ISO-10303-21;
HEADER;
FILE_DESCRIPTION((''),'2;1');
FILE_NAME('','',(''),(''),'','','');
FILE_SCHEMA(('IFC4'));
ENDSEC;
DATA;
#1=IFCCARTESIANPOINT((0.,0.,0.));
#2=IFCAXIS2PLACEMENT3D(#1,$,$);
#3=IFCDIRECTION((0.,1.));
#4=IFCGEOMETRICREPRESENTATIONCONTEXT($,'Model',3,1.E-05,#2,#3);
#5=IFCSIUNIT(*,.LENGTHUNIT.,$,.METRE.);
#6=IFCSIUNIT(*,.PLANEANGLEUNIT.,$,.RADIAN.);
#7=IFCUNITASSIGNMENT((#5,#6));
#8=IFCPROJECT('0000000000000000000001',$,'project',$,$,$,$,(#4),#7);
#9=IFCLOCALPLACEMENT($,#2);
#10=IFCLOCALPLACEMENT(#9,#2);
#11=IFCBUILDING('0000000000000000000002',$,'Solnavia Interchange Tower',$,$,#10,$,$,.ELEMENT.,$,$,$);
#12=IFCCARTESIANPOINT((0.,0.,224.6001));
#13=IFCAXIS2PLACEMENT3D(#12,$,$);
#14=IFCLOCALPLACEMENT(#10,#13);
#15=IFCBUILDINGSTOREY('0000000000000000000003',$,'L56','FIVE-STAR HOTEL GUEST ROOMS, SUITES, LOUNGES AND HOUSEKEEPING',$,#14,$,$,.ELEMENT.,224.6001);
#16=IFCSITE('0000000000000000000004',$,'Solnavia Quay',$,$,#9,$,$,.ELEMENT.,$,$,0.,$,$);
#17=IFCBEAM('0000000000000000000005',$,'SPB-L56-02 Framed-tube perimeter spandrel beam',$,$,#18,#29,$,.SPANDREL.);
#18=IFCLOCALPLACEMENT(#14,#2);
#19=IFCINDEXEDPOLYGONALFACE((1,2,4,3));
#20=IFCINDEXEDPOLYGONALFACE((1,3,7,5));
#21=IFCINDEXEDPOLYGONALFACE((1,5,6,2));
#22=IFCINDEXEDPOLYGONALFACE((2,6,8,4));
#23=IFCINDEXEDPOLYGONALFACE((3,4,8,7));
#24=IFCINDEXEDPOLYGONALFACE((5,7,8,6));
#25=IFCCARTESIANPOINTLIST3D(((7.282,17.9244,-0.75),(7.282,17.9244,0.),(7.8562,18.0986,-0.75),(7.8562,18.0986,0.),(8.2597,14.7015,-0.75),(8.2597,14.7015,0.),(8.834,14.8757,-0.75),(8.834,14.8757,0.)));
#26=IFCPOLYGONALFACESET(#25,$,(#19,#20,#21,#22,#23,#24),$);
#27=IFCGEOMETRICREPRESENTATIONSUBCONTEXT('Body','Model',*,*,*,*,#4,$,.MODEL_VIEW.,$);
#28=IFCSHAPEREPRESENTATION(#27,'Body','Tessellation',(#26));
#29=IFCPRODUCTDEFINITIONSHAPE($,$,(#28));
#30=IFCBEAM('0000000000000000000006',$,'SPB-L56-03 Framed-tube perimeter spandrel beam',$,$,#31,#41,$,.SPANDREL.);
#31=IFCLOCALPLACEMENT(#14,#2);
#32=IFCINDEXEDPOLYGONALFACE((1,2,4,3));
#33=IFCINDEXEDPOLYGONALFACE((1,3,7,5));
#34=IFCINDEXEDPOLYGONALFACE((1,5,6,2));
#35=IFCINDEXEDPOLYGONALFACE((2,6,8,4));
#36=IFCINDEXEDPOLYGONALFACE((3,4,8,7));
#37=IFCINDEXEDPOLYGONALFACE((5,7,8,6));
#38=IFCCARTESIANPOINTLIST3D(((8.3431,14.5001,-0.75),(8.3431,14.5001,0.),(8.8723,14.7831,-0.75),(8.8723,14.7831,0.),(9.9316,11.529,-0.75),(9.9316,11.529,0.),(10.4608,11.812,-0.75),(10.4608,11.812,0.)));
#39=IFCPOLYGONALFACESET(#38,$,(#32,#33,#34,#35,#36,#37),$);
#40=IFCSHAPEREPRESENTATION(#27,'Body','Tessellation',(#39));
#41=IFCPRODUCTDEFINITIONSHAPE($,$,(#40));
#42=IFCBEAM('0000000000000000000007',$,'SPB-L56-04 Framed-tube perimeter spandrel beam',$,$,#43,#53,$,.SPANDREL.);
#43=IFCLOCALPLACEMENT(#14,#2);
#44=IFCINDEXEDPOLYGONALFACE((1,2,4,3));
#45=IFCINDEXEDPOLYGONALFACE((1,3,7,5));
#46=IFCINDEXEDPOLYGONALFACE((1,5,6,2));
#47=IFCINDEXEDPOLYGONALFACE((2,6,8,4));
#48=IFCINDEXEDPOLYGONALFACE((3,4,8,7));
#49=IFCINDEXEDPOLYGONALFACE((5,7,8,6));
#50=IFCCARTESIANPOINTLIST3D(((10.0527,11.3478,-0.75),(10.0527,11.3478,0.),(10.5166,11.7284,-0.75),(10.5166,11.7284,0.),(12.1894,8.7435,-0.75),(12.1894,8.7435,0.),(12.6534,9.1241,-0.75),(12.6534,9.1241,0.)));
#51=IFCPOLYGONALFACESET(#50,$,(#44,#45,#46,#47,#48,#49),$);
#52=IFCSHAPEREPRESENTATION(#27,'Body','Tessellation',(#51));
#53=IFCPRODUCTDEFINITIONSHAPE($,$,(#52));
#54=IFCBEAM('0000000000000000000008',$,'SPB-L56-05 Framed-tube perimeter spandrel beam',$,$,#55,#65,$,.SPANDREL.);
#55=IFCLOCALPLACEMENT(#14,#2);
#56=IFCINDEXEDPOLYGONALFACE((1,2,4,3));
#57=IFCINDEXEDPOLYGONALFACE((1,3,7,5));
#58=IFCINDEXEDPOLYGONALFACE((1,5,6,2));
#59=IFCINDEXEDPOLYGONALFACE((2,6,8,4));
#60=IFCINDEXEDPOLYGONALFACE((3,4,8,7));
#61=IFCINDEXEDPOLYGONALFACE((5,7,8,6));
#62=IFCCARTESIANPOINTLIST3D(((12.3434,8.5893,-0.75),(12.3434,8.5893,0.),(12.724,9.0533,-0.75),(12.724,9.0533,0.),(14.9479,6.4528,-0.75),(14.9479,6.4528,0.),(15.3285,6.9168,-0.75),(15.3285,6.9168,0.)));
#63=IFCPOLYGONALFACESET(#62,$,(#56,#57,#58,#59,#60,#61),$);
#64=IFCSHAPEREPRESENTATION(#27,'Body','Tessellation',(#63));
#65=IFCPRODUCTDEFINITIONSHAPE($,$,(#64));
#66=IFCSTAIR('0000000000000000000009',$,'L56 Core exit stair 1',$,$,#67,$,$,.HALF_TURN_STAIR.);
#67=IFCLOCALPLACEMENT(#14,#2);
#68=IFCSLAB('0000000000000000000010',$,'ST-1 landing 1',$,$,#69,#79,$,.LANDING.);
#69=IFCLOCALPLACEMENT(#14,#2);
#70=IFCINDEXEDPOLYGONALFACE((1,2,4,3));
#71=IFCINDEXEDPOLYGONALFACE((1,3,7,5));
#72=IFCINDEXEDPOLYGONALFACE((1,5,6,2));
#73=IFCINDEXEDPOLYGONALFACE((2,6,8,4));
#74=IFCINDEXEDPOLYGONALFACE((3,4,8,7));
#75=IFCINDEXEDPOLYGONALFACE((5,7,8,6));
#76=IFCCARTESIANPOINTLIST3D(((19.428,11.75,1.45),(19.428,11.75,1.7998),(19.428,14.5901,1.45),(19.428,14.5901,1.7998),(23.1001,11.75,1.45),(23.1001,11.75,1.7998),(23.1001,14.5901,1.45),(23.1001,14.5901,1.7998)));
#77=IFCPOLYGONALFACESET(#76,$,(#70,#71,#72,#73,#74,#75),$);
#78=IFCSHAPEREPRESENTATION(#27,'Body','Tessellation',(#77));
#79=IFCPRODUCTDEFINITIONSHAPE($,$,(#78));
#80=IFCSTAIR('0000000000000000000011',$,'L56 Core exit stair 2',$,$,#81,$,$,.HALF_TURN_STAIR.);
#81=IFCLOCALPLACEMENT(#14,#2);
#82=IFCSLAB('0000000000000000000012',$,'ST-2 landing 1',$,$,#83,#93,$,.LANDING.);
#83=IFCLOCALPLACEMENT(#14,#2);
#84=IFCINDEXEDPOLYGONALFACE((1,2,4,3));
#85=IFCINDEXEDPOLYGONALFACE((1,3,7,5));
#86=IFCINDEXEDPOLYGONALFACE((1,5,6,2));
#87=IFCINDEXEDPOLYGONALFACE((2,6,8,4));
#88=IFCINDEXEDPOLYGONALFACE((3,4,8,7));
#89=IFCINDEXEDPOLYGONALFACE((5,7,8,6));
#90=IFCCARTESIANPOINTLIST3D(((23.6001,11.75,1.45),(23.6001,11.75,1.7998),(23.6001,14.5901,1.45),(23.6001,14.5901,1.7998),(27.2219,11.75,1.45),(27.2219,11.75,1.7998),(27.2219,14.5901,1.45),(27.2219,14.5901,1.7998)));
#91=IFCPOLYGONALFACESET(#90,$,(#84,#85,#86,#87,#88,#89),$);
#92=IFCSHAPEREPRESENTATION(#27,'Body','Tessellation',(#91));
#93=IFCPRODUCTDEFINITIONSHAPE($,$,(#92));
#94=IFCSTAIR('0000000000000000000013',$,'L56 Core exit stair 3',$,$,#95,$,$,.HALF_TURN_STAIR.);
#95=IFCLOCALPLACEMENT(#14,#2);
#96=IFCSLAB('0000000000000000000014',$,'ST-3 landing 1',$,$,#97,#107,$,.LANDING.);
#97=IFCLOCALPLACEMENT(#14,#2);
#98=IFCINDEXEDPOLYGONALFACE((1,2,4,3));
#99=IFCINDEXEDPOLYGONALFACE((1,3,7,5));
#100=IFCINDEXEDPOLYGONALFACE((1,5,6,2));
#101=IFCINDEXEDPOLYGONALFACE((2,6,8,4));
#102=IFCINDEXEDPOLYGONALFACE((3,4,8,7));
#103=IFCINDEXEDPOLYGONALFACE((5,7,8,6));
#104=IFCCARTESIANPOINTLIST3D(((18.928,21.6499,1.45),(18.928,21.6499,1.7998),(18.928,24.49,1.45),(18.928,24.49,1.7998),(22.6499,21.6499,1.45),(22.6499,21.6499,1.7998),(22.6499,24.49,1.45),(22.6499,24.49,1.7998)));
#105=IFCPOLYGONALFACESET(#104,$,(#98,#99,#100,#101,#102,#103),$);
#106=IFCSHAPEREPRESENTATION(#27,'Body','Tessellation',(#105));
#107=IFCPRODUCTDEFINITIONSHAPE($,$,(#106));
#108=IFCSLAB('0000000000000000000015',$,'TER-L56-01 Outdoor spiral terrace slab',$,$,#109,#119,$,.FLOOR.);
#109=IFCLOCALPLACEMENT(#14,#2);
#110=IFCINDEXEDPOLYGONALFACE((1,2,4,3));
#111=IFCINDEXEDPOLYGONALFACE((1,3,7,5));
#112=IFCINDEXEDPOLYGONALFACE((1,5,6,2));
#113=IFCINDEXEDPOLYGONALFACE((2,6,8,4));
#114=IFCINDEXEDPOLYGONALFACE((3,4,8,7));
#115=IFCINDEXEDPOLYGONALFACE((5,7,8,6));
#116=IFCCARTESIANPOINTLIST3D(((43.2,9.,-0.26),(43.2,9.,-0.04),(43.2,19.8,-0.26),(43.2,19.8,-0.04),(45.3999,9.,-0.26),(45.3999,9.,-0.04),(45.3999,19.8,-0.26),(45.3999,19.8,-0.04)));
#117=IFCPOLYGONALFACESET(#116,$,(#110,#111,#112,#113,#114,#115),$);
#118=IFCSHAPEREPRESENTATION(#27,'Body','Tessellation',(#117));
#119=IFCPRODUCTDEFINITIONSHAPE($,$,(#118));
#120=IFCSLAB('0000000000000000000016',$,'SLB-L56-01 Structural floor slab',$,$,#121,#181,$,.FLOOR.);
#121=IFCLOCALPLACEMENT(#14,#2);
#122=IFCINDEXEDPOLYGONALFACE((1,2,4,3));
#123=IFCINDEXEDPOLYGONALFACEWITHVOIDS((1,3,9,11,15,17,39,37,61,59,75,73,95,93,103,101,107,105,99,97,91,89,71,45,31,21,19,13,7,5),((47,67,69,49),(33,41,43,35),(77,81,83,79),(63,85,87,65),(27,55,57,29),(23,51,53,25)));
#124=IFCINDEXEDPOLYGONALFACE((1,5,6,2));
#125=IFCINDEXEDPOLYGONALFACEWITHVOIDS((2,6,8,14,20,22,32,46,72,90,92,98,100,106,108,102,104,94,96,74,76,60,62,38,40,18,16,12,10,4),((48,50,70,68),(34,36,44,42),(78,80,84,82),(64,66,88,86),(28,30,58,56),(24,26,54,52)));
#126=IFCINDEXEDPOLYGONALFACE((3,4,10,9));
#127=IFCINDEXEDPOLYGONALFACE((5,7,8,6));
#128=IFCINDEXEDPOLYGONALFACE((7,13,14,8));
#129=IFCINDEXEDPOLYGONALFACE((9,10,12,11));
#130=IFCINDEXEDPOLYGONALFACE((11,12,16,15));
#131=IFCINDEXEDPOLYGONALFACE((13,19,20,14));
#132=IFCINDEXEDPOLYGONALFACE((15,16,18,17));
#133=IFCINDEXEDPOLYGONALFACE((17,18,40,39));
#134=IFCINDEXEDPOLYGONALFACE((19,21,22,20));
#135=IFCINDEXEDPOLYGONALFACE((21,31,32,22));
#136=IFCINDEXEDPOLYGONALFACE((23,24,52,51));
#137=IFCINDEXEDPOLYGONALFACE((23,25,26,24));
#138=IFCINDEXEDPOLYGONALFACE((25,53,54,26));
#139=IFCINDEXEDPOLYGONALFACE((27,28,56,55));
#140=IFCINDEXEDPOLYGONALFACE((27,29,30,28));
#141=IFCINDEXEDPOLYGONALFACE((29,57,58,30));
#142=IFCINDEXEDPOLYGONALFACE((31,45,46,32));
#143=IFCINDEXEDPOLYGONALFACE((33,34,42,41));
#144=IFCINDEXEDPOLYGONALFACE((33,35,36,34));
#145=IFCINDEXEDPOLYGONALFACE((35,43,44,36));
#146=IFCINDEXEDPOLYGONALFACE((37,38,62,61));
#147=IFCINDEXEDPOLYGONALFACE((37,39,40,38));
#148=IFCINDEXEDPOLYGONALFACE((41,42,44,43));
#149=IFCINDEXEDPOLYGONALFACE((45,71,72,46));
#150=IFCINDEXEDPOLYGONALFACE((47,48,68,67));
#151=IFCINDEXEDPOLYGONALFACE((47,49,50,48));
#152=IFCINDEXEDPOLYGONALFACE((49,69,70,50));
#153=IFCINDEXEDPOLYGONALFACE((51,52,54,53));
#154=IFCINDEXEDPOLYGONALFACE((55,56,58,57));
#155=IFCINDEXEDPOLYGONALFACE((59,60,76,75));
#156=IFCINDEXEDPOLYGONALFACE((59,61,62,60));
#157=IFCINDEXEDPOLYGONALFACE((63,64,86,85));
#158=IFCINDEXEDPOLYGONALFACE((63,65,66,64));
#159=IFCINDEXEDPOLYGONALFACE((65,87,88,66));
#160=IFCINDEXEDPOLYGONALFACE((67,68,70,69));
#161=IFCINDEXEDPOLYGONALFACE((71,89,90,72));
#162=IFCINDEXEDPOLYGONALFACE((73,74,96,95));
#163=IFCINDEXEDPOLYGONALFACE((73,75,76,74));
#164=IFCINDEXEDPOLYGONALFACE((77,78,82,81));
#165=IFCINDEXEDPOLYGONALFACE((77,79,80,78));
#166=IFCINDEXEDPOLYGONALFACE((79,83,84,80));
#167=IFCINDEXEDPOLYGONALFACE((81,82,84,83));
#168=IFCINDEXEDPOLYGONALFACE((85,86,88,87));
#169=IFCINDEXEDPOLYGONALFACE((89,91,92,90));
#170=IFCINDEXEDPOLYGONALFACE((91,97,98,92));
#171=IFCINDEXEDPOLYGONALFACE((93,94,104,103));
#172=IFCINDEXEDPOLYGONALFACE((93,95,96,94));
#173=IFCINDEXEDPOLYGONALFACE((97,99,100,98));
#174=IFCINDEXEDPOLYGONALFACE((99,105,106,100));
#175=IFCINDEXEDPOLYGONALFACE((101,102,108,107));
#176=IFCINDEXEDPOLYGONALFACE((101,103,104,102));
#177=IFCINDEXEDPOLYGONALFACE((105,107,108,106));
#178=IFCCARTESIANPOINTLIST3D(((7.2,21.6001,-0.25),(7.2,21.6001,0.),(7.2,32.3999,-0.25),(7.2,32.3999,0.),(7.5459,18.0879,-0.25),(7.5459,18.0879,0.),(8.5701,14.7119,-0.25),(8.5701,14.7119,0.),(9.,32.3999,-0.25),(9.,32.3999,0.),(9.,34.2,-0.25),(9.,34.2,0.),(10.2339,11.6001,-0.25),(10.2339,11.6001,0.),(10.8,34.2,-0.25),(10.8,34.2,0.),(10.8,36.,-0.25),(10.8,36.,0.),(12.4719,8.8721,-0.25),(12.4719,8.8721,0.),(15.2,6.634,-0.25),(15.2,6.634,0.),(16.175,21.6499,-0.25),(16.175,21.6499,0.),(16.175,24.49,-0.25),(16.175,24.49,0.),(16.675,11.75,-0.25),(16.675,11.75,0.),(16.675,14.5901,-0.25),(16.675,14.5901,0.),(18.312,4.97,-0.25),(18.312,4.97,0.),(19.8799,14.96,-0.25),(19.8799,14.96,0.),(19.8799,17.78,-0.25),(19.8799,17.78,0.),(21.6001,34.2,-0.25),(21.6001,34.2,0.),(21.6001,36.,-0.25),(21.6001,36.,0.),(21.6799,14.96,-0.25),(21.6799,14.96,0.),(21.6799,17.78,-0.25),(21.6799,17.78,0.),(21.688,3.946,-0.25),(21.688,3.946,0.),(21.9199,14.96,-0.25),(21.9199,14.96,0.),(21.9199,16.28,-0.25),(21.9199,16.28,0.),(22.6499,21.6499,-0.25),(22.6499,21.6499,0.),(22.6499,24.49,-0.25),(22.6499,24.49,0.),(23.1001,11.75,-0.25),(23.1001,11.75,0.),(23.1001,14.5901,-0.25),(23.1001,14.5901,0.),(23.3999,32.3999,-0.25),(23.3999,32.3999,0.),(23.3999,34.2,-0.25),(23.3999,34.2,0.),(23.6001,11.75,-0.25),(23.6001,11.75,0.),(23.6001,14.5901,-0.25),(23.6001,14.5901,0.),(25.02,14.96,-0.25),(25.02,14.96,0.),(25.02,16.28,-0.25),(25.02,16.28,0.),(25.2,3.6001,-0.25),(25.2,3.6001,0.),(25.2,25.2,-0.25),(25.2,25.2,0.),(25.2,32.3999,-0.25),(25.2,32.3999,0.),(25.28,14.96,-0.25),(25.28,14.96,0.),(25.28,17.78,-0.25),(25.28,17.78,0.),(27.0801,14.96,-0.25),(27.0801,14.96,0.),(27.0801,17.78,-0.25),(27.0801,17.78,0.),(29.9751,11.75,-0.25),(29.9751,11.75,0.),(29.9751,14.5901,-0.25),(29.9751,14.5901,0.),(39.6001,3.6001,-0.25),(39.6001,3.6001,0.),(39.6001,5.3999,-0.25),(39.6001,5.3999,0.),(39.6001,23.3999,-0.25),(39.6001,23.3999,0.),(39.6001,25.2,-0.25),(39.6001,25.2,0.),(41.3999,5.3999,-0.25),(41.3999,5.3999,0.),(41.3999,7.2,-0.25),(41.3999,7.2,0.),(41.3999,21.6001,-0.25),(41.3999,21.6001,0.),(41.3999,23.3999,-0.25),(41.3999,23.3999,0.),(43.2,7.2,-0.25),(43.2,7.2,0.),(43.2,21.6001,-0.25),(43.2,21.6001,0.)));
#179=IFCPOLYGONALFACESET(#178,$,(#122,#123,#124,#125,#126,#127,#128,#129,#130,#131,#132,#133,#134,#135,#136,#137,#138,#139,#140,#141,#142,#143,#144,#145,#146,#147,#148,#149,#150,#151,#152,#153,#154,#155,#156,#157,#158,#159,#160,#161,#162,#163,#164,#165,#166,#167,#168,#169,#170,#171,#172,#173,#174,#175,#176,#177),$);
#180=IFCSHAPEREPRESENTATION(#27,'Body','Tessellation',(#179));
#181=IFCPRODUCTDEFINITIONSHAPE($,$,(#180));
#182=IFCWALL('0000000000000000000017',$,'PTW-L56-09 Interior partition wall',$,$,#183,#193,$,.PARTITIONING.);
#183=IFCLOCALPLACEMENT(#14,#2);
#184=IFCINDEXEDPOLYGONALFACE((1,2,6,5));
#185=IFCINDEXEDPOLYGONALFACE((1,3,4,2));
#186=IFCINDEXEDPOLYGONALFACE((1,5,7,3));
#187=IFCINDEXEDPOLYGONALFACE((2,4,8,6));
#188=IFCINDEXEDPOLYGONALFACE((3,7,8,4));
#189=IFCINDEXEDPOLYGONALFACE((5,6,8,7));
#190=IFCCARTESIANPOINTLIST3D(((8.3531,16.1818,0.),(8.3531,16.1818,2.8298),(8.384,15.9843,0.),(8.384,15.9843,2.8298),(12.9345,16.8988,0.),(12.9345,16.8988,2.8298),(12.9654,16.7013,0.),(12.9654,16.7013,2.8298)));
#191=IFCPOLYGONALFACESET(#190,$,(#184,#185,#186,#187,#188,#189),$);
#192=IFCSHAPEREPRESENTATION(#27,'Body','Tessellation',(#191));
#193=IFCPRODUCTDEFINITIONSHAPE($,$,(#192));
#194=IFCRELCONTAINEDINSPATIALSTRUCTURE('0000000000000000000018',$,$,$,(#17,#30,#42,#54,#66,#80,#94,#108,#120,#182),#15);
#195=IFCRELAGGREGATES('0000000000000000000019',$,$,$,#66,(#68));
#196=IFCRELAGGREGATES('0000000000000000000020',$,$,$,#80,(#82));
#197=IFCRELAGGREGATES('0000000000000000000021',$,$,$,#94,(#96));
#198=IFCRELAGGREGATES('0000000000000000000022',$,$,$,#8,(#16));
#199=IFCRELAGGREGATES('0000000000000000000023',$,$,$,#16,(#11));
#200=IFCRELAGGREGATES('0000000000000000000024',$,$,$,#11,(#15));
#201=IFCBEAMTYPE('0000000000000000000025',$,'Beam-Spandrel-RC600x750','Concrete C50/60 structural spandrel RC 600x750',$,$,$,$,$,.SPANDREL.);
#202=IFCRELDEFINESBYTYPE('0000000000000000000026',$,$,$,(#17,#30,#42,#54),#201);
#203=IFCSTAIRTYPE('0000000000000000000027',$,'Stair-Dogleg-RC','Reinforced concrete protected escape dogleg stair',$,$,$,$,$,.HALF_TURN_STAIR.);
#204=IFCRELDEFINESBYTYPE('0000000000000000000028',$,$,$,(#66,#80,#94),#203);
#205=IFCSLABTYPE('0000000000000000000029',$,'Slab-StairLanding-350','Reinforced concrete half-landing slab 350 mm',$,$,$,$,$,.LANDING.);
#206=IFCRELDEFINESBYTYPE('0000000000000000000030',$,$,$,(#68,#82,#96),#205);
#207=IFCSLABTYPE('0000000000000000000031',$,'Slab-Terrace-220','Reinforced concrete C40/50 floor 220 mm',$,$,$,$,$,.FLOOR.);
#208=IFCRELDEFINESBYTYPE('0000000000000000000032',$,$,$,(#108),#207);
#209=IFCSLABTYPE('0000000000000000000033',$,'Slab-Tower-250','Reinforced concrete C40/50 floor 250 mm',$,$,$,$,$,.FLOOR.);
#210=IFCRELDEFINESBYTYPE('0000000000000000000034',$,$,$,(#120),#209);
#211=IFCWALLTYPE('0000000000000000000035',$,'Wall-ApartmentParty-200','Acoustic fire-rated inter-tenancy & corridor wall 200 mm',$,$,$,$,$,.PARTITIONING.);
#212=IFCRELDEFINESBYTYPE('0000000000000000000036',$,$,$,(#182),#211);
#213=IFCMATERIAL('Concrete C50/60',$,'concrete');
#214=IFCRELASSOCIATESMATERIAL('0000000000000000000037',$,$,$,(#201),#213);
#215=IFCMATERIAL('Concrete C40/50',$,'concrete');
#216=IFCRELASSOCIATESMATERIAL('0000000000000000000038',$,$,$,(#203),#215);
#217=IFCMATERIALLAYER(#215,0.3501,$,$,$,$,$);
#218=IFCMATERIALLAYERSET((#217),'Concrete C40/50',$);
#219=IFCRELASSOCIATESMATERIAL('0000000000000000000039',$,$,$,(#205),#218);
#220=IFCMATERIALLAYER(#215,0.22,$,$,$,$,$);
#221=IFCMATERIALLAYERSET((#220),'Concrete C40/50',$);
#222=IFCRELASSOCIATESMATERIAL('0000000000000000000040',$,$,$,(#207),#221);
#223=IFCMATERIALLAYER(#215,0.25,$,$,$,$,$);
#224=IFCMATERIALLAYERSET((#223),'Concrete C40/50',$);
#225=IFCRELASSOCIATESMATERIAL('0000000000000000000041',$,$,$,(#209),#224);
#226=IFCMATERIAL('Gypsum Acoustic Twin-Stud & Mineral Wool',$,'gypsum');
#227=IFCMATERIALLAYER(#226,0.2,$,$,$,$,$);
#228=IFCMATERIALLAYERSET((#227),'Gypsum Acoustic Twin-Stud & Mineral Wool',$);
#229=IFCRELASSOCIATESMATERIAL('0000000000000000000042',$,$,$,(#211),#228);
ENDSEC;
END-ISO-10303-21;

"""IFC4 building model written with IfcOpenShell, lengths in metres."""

from ifc_helpers import new_model, si_unit, direction, frame, frame_2d, origin, origin_2d, place, context, subcontext, project, spatial, polyline, rectangle, outline, extrude, material, layer, layer_set, material_profile, profile_set, type_object, element, aggregate, save


model = new_model("IFC4")

# Units and contexts
model_context = context("Model", 3, precision=1e-05, world=origin(), true_north=direction((0.0, 1.0)))
body_context = subcontext(model_context, "Body", "Model", "MODEL_VIEW")
ifc_project = project(units=[si_unit("LENGTHUNIT", "METRE"), si_unit("PLANEANGLEUNIT", "RADIAN")], contexts=[model_context])

# Site, building, storey
site_placement = place(None, origin())
site = spatial("IfcSite", under=ifc_project, at=site_placement, Name="Solnavia Quay", CompositionType="ELEMENT", RefElevation=0.0)
building_placement = place(site_placement, origin())
building = spatial("IfcBuilding", under=site, at=building_placement, Name="Solnavia Interchange Tower", CompositionType="ELEMENT")
storey_placement = place(building_placement, frame((0.0, 0.0, 224.6001)))
storey = spatial("IfcBuildingStorey", under=building, at=storey_placement, Name="L56", Description="FIVE-STAR HOTEL GUEST ROOMS, SUITES, LOUNGES AND HOUSEKEEPING", CompositionType="ELEMENT", Elevation=224.6001)

# Shared definitions
ifc_material_1 = material(Name="Concrete C50/60", Category="concrete")

# Beams
ifc_material_profile_1 = material_profile(ifc_material_1, rectangle(XDim=0.6001, YDim=0.75, at=origin_2d()), Name="RC 600x750")
ifc_profile_set_1 = profile_set([ifc_material_profile_1], Name="Concrete C50/60")
beam_type_1 = type_object("IfcBeamType", Name="Beam-Spandrel-RC600x750", Description="Concrete C50/60 structural spandrel RC 600x750", PredefinedType="SPANDREL", material=ifc_profile_set_1)
beam_1_placement = place(storey_placement, frame((7.5691, 18.0115, -0.375), z_axis=(0.290319, -0.95693, 0.0), x_axis=(0.95693, 0.290319, 0.0)))
element("IfcBeam", 1, at=beam_1_placement, inside=storey, type_object=beam_type_1, Name="SPB-L56-02 Framed-tube perimeter spandrel beam", PredefinedType="SPANDREL", context=body_context, shape_type="SweptSolid", body=[
    extrude(rectangle(XDim=0.6001, YDim=0.75, at=origin_2d()), origin(), (0.0, 0.0, 1.0), 3.3679),
])
beam_2_placement = place(storey_placement, frame((8.6077, 14.6416, -0.375), z_axis=(0.471509, -0.881861, 0.0), x_axis=(0.881861, 0.471509, 0.0)))
element("IfcBeam", 2, at=beam_2_placement, inside=storey, type_object=beam_type_1, Name="SPB-L56-03 Framed-tube perimeter spandrel beam", PredefinedType="SPANDREL", context=body_context, shape_type="SweptSolid", body=[
    extrude(rectangle(XDim=0.6001, YDim=0.75, at=origin_2d()), origin(), (0.0, 0.0, 1.0), 3.3691),
])
for number, where, z_axis, x_axis, name in (
    (3, (10.2847, 11.5381, -0.375), (0.634299, -0.773088, 0.0), (0.773088, 0.634299, 0.0), "SPB-L56-04 Framed-tube perimeter spandrel beam"),
    (4, (12.5337, 8.8213, -0.375), (0.773153, -0.63422, 0.0), (0.63422, 0.773153, 0.0), "SPB-L56-05 Framed-tube perimeter spandrel beam"),
):
    element("IfcBeam", number, at=place(storey_placement, frame(where, z_axis=z_axis, x_axis=x_axis)), inside=storey, type_object=beam_type_1, Name=name, PredefinedType="SPANDREL", context=body_context, shape_type="SweptSolid", body=[
        extrude(rectangle(XDim=0.6001, YDim=0.75, at=origin_2d()), origin(), (0.0, 0.0, 1.0), 3.3687),
    ])

# Stairs, slabs
ifc_material_2 = material(Name="Concrete C40/50", Category="concrete")
stair_type = type_object("IfcStairType", Name="Stair-Dogleg-RC", Description="Reinforced concrete protected escape dogleg stair", PredefinedType="HALF_TURN_STAIR", material=ifc_material_2)
stair_1_placement = place(storey_placement, origin())
stair_1 = element("IfcStair", 5, at=stair_1_placement, inside=storey, type_object=stair_type, Name="L56 Core exit stair 1", PredefinedType="HALF_TURN_STAIR")
ifc_layer_1 = layer(ifc_material_2, 0.3501)
ifc_layer_set_1 = layer_set([ifc_layer_1], Name="Concrete C40/50")
slab_type_1 = type_object("IfcSlabType", Name="Slab-StairLanding-350", Description="Reinforced concrete half-landing slab 350 mm", PredefinedType="LANDING", material=ifc_layer_set_1)
slab_1_placement = place(storey_placement, frame((0.0, 0.0, 1.45)))
slab_1 = element("IfcSlab", 6, at=slab_1_placement, type_object=slab_type_1, Name="ST-1 landing 1", PredefinedType="LANDING", context=body_context, shape_type="SweptSolid", body=[
    extrude(outline(polyline([(19.428, 11.75), (23.1001, 11.75), (23.1001, 14.5901), (19.428, 14.5901), (19.428, 11.75)])), origin(), (0.0, 0.0, 1.0), 0.3499),
])
aggregate(stair_1, [slab_1])
stair_2_placement = place(storey_placement, origin())
stair_2 = element("IfcStair", 7, at=stair_2_placement, inside=storey, type_object=stair_type, Name="L56 Core exit stair 2", PredefinedType="HALF_TURN_STAIR")
slab_2_placement = place(storey_placement, frame((0.0, 0.0, 1.45)))
slab_2 = element("IfcSlab", 8, at=slab_2_placement, type_object=slab_type_1, Name="ST-2 landing 1", PredefinedType="LANDING", context=body_context, shape_type="SweptSolid", body=[
    extrude(outline(polyline([(23.6001, 11.75), (27.2219, 11.75), (27.2219, 14.5901), (23.6001, 14.5901), (23.6001, 11.75)])), origin(), (0.0, 0.0, 1.0), 0.3499),
])
aggregate(stair_2, [slab_2])
stair_3_placement = place(storey_placement, origin())
stair_3 = element("IfcStair", 9, at=stair_3_placement, inside=storey, type_object=stair_type, Name="L56 Core exit stair 3", PredefinedType="HALF_TURN_STAIR")
slab_3_placement = place(storey_placement, frame((0.0, 0.0, 1.45)))
slab_3 = element("IfcSlab", 10, at=slab_3_placement, type_object=slab_type_1, Name="ST-3 landing 1", PredefinedType="LANDING", context=body_context, shape_type="SweptSolid", body=[
    extrude(outline(polyline([(18.928, 21.6499), (22.6499, 21.6499), (22.6499, 24.49), (18.928, 24.49), (18.928, 21.6499)])), origin(), (0.0, 0.0, 1.0), 0.3499),
])
aggregate(stair_3, [slab_3])

# Slabs
ifc_layer_2 = layer(ifc_material_2, 0.22)
ifc_layer_set_2 = layer_set([ifc_layer_2], Name="Concrete C40/50")
slab_type_2 = type_object("IfcSlabType", Name="Slab-Terrace-220", Description="Reinforced concrete C40/50 floor 220 mm", PredefinedType="FLOOR", material=ifc_layer_set_2)
slab_4_placement = place(storey_placement, frame((0.0, 0.0, -0.26)))
element("IfcSlab", 11, at=slab_4_placement, inside=storey, type_object=slab_type_2, Name="TER-L56-01 Outdoor spiral terrace slab", PredefinedType="FLOOR", context=body_context, shape_type="SweptSolid", body=[
    extrude(outline(polyline([(43.2, 9.0), (45.3999, 9.0), (45.3999, 19.8), (43.2, 19.8), (43.2, 9.0)])), origin(), (0.0, 0.0, 1.0), 0.22),
])
ifc_layer_3 = layer(ifc_material_2, 0.25)
ifc_layer_set_3 = layer_set([ifc_layer_3], Name="Concrete C40/50")
slab_type_3 = type_object("IfcSlabType", Name="Slab-Tower-250", Description="Reinforced concrete C40/50 floor 250 mm", PredefinedType="FLOOR", material=ifc_layer_set_3)
slab_5_placement = place(storey_placement, frame((0.0, 0.0, -0.25)))
element("IfcSlab", 12, at=slab_5_placement, inside=storey, type_object=slab_type_3, Name="SLB-L56-01 Structural floor slab", PredefinedType="FLOOR", context=body_context, shape_type="SweptSolid", body=[
    extrude(outline(polyline([(25.2, 3.6001), (39.6001, 3.6001), (39.6001, 5.3999), (41.3999, 5.3999), (41.3999, 7.2), (43.2, 7.2), (43.2, 21.6001), (41.3999, 21.6001), (41.3999, 23.3999), (39.6001, 23.3999), (39.6001, 25.2), (25.2, 25.2), (25.2, 32.3999), (23.3999, 32.3999), (23.3999, 34.2), (21.6001, 34.2), (21.6001, 36.0), (10.8, 36.0), (10.8, 34.2), (9.0, 34.2), (9.0, 32.3999), (7.2, 32.3999), (7.2, 21.6001), (7.5459, 18.0879), (8.5701, 14.7119), (10.2339, 11.6001), (12.4719, 8.8721), (15.2, 6.634), (18.312, 4.97), (21.688, 3.946), (25.2, 3.6001)]), holes=[polyline([(16.675, 11.75), (23.1001, 11.75), (23.1001, 14.5901), (16.675, 14.5901), (16.675, 11.75)]), polyline([(23.6001, 11.75), (29.9751, 11.75), (29.9751, 14.5901), (23.6001, 14.5901), (23.6001, 11.75)]), polyline([(16.175, 21.6499), (22.6499, 21.6499), (22.6499, 24.49), (16.175, 24.49), (16.175, 21.6499)]), polyline([(19.8799, 14.96), (21.6799, 14.96), (21.6799, 17.78), (19.8799, 17.78), (19.8799, 14.96)]), polyline([(25.28, 14.96), (27.0801, 14.96), (27.0801, 17.78), (25.28, 17.78), (25.28, 14.96)]), polyline([(21.9199, 14.96), (25.02, 14.96), (25.02, 16.28), (21.9199, 16.28), (21.9199, 14.96)])]), origin(), (0.0, 0.0, 1.0), 0.25),
])

# Wall
ifc_material_3 = material(Name="Gypsum Acoustic Twin-Stud & Mineral Wool", Category="gypsum")
ifc_layer_4 = layer(ifc_material_3, 0.2)
ifc_layer_set_4 = layer_set([ifc_layer_4], Name="Gypsum Acoustic Twin-Stud & Mineral Wool")
wall_type_1 = type_object("IfcWallType", Name="Wall-ApartmentParty-200", Description="Acoustic fire-rated inter-tenancy & corridor wall 200 mm", PredefinedType="PARTITIONING", material=ifc_layer_set_4)
wall_1_placement = place(storey_placement, frame((12.95, 16.8, 0.0), z_axis=(0.0, 0.0, 1.0), x_axis=(-0.987973, -0.154624, 0.0)))
element("IfcWall", 13, at=wall_1_placement, inside=storey, type_object=wall_type_1, Name="PTW-L56-09 Interior partition wall", PredefinedType="PARTITIONING", context=body_context, shape_type="SweptSolid", body=[
    extrude(rectangle(XDim=4.6372, YDim=0.2, at=frame_2d((2.3186, 0.0))), origin(), (0.0, 0.0, 1.0), 2.8298),
])

save(model, "model.ifc")
